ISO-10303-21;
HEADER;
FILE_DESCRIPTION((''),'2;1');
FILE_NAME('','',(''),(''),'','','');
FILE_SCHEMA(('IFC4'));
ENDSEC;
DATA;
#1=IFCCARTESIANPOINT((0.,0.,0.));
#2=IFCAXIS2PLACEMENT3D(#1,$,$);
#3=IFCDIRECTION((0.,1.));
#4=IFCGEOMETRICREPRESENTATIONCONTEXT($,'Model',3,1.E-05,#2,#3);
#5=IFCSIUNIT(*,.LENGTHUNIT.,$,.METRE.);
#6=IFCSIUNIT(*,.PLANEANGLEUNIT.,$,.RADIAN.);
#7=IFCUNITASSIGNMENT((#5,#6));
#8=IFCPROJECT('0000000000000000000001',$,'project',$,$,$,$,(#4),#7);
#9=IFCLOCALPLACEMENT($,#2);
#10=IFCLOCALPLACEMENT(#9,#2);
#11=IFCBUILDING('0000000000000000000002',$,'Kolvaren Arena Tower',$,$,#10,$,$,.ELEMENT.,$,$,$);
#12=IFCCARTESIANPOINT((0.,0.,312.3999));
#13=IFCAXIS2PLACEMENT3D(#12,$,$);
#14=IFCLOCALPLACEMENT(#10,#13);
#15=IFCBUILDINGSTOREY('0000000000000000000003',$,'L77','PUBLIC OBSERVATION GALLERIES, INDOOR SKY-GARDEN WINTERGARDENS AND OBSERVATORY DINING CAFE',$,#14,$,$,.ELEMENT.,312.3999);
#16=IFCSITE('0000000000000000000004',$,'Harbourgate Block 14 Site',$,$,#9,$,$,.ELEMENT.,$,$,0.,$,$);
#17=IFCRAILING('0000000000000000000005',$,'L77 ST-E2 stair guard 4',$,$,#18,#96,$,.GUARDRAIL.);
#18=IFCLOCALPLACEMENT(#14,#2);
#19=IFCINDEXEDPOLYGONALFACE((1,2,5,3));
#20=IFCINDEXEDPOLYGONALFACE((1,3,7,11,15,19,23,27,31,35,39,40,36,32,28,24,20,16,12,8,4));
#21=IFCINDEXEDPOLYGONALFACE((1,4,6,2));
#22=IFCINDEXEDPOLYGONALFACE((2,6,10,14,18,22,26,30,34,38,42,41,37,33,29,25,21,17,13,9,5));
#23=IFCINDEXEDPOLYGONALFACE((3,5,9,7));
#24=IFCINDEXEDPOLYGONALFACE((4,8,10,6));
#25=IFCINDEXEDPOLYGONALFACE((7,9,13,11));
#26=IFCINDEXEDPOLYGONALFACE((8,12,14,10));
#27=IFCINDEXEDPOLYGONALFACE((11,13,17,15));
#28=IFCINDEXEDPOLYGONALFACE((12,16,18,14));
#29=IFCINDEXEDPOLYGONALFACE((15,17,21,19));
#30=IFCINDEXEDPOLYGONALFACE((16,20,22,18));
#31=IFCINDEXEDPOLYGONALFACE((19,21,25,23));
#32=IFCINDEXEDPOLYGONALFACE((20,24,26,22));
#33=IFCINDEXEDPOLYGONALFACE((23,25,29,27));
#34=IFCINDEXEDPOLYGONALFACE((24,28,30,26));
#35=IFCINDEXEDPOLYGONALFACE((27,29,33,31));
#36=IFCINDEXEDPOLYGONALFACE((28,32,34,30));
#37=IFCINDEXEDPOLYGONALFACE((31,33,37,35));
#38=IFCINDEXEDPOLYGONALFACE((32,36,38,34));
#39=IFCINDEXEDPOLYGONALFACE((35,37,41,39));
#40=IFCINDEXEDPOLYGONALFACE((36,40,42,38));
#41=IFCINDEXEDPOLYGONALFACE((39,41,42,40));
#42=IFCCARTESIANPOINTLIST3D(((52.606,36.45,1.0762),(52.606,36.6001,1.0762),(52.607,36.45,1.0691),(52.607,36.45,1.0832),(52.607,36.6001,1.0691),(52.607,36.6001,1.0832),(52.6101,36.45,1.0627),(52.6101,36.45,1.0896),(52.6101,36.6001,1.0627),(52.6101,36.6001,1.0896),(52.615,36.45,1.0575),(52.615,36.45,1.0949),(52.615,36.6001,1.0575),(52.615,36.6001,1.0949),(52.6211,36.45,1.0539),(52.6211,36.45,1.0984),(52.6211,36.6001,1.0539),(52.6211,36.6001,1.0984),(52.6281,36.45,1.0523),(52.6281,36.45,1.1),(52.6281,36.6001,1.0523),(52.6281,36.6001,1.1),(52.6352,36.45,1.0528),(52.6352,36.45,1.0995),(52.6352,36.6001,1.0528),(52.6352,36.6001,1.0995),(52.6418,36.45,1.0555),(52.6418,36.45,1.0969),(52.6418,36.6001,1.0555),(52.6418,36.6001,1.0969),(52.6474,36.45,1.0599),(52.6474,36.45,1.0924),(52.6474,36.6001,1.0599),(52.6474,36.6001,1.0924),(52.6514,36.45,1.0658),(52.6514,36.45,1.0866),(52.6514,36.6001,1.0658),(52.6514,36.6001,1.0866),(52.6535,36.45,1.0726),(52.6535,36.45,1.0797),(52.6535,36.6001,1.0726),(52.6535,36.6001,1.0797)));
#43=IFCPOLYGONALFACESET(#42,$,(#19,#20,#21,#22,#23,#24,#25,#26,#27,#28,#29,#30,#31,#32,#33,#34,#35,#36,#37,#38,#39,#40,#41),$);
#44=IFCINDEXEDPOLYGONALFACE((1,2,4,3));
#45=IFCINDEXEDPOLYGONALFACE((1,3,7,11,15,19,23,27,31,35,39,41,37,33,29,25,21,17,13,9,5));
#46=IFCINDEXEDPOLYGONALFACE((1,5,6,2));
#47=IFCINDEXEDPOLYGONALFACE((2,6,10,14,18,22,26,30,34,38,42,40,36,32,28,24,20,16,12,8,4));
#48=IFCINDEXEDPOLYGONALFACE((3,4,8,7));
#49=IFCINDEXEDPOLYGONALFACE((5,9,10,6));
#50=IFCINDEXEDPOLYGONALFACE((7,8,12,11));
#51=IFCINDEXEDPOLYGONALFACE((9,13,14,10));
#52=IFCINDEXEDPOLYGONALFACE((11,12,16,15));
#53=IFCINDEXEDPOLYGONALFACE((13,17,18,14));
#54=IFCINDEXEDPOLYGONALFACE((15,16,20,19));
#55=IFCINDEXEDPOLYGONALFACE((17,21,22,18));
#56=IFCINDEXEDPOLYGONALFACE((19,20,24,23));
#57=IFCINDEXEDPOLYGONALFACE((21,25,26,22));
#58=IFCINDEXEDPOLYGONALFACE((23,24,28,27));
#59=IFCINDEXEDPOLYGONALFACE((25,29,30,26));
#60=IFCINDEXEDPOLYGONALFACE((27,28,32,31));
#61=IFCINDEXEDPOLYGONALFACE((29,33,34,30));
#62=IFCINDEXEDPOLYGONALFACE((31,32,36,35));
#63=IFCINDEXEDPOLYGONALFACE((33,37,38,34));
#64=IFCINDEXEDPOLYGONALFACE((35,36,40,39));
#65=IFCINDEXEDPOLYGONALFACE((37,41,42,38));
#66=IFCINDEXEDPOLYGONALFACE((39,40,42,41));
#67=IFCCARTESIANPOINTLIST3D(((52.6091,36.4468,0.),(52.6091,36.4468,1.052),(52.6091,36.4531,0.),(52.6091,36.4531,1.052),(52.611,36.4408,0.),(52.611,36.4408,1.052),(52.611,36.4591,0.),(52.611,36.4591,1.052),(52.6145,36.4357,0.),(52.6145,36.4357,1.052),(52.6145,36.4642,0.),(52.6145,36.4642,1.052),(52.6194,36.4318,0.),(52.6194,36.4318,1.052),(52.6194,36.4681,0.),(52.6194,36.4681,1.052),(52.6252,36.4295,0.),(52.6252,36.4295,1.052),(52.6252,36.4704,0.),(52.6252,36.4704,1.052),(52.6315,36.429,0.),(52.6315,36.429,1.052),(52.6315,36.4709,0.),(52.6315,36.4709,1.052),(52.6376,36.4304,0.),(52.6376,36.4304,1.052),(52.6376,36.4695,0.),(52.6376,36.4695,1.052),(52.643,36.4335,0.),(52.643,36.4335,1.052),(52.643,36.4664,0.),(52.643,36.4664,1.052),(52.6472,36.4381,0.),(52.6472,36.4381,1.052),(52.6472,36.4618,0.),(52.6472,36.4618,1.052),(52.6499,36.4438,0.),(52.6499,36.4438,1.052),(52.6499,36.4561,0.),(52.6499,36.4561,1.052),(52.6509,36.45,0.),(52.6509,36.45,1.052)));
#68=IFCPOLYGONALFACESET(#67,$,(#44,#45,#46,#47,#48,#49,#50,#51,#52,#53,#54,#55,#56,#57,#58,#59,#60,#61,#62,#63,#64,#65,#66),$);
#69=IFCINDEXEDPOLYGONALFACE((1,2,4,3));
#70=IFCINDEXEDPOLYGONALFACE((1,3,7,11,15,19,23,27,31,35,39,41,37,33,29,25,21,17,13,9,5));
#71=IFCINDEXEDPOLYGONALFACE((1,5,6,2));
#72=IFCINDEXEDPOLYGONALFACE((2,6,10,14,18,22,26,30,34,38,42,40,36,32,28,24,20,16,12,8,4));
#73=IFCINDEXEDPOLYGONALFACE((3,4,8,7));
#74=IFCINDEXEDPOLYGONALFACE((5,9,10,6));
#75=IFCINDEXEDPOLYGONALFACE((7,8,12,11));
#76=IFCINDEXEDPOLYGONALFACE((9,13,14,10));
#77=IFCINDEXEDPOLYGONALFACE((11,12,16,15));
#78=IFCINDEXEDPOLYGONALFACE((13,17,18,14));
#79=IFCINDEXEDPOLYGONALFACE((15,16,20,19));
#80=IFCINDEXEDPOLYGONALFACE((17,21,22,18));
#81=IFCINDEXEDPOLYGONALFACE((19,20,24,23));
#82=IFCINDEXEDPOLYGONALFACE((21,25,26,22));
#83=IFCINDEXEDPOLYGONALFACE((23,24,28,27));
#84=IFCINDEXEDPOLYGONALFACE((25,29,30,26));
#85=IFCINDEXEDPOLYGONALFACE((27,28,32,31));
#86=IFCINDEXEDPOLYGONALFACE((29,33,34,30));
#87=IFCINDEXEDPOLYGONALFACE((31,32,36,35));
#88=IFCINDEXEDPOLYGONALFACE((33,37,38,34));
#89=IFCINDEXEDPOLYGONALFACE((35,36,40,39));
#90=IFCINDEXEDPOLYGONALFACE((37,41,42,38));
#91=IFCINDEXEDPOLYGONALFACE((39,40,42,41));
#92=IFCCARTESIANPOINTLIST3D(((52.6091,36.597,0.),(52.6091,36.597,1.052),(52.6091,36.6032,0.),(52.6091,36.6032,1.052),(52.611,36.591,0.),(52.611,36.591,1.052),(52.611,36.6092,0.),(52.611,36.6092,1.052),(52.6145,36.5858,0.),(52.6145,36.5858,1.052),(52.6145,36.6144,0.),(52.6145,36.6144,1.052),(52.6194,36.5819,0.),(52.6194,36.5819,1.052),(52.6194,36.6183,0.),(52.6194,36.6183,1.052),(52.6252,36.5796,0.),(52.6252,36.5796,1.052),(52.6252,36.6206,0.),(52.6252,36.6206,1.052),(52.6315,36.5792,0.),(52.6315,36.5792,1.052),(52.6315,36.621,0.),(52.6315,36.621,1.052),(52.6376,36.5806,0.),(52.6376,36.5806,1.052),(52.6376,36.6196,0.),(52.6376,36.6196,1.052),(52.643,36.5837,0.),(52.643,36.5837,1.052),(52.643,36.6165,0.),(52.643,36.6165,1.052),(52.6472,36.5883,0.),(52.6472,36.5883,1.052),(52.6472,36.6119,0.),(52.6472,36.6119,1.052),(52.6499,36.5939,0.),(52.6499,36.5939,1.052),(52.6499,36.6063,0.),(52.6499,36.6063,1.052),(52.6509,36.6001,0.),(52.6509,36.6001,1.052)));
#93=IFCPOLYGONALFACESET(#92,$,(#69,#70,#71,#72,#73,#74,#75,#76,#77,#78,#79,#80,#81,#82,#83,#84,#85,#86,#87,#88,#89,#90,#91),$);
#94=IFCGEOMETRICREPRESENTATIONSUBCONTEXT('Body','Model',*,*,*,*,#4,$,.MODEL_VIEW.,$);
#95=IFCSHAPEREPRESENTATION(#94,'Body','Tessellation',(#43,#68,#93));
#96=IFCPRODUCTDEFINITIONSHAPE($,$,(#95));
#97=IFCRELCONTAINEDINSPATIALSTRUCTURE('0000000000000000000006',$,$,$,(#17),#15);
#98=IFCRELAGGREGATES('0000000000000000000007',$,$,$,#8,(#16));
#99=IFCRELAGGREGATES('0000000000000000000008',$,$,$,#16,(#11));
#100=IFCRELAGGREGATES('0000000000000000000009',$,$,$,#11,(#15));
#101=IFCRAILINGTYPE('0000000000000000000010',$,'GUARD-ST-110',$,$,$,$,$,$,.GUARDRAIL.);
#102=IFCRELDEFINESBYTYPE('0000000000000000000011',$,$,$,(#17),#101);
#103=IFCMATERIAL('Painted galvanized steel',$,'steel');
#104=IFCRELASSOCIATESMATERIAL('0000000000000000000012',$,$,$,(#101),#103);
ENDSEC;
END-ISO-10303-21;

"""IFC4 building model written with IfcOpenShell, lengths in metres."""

from ifc_helpers import new_model, si_unit, direction, frame, origin, origin_2d, place, context, subcontext, project, spatial, circle, extrude, material, type_object, element, save


model = new_model("IFC4")

# Units and contexts
model_context = context("Model", 3, precision=1e-05, world=origin(), true_north=direction((0.0, 1.0)))
body_context = subcontext(model_context, "Body", "Model", "MODEL_VIEW")
ifc_project = project(units=[si_unit("LENGTHUNIT", "METRE"), si_unit("PLANEANGLEUNIT", "RADIAN")], contexts=[model_context])

# Site, building, storey
site_placement = place(None, origin())
site = spatial("IfcSite", under=ifc_project, at=site_placement, Name="Harbourgate Block 14 Site", CompositionType="ELEMENT", RefElevation=0.0)
building_placement = place(site_placement, origin())
building = spatial("IfcBuilding", under=site, at=building_placement, Name="Kolvaren Arena Tower", CompositionType="ELEMENT")
storey_placement = place(building_placement, frame((0.0, 0.0, 312.3999)))
storey = spatial("IfcBuildingStorey", under=building, at=storey_placement, Name="L77", Description="PUBLIC OBSERVATION GALLERIES, INDOOR SKY-GARDEN WINTERGARDENS AND OBSERVATORY DINING CAFE", CompositionType="ELEMENT", Elevation=312.3999)

# Railing
ifc_material_1 = material(Name="Painted galvanized steel", Category="steel")
railing_type_1 = type_object("IfcRailingType", Name="GUARD-ST-110", PredefinedType="GUARDRAIL", material=ifc_material_1)
for number, where, name in (
    (1, (52.6299, 36.45, 0.0), "L77 ST-E2 stair guard 4"),
):
    element("IfcRailing", number, at=place(storey_placement, frame(where)), inside=storey, type_object=railing_type_1, Name=name, PredefinedType="GUARDRAIL", context=body_context, shape_type="SweptSolid", body=[
        extrude(circle(Radius=0.0239, at=origin_2d()), frame((0.0, 0.0, 1.0762), z_axis=(0.0, 1.0, 0.0), x_axis=(-1.0, 0.0, 0.0)), (0.0, 0.0, 1.0), 0.1501),
        extrude(circle(Radius=0.021, at=origin_2d()), origin(), (0.0, 0.0, 1.0), 1.052),
        extrude(circle(Radius=0.021, at=origin_2d()), frame((0.0, 0.1501, 0.0)), (0.0, 0.0, 1.0), 1.052),
    ])

save(model, "model.ifc")
